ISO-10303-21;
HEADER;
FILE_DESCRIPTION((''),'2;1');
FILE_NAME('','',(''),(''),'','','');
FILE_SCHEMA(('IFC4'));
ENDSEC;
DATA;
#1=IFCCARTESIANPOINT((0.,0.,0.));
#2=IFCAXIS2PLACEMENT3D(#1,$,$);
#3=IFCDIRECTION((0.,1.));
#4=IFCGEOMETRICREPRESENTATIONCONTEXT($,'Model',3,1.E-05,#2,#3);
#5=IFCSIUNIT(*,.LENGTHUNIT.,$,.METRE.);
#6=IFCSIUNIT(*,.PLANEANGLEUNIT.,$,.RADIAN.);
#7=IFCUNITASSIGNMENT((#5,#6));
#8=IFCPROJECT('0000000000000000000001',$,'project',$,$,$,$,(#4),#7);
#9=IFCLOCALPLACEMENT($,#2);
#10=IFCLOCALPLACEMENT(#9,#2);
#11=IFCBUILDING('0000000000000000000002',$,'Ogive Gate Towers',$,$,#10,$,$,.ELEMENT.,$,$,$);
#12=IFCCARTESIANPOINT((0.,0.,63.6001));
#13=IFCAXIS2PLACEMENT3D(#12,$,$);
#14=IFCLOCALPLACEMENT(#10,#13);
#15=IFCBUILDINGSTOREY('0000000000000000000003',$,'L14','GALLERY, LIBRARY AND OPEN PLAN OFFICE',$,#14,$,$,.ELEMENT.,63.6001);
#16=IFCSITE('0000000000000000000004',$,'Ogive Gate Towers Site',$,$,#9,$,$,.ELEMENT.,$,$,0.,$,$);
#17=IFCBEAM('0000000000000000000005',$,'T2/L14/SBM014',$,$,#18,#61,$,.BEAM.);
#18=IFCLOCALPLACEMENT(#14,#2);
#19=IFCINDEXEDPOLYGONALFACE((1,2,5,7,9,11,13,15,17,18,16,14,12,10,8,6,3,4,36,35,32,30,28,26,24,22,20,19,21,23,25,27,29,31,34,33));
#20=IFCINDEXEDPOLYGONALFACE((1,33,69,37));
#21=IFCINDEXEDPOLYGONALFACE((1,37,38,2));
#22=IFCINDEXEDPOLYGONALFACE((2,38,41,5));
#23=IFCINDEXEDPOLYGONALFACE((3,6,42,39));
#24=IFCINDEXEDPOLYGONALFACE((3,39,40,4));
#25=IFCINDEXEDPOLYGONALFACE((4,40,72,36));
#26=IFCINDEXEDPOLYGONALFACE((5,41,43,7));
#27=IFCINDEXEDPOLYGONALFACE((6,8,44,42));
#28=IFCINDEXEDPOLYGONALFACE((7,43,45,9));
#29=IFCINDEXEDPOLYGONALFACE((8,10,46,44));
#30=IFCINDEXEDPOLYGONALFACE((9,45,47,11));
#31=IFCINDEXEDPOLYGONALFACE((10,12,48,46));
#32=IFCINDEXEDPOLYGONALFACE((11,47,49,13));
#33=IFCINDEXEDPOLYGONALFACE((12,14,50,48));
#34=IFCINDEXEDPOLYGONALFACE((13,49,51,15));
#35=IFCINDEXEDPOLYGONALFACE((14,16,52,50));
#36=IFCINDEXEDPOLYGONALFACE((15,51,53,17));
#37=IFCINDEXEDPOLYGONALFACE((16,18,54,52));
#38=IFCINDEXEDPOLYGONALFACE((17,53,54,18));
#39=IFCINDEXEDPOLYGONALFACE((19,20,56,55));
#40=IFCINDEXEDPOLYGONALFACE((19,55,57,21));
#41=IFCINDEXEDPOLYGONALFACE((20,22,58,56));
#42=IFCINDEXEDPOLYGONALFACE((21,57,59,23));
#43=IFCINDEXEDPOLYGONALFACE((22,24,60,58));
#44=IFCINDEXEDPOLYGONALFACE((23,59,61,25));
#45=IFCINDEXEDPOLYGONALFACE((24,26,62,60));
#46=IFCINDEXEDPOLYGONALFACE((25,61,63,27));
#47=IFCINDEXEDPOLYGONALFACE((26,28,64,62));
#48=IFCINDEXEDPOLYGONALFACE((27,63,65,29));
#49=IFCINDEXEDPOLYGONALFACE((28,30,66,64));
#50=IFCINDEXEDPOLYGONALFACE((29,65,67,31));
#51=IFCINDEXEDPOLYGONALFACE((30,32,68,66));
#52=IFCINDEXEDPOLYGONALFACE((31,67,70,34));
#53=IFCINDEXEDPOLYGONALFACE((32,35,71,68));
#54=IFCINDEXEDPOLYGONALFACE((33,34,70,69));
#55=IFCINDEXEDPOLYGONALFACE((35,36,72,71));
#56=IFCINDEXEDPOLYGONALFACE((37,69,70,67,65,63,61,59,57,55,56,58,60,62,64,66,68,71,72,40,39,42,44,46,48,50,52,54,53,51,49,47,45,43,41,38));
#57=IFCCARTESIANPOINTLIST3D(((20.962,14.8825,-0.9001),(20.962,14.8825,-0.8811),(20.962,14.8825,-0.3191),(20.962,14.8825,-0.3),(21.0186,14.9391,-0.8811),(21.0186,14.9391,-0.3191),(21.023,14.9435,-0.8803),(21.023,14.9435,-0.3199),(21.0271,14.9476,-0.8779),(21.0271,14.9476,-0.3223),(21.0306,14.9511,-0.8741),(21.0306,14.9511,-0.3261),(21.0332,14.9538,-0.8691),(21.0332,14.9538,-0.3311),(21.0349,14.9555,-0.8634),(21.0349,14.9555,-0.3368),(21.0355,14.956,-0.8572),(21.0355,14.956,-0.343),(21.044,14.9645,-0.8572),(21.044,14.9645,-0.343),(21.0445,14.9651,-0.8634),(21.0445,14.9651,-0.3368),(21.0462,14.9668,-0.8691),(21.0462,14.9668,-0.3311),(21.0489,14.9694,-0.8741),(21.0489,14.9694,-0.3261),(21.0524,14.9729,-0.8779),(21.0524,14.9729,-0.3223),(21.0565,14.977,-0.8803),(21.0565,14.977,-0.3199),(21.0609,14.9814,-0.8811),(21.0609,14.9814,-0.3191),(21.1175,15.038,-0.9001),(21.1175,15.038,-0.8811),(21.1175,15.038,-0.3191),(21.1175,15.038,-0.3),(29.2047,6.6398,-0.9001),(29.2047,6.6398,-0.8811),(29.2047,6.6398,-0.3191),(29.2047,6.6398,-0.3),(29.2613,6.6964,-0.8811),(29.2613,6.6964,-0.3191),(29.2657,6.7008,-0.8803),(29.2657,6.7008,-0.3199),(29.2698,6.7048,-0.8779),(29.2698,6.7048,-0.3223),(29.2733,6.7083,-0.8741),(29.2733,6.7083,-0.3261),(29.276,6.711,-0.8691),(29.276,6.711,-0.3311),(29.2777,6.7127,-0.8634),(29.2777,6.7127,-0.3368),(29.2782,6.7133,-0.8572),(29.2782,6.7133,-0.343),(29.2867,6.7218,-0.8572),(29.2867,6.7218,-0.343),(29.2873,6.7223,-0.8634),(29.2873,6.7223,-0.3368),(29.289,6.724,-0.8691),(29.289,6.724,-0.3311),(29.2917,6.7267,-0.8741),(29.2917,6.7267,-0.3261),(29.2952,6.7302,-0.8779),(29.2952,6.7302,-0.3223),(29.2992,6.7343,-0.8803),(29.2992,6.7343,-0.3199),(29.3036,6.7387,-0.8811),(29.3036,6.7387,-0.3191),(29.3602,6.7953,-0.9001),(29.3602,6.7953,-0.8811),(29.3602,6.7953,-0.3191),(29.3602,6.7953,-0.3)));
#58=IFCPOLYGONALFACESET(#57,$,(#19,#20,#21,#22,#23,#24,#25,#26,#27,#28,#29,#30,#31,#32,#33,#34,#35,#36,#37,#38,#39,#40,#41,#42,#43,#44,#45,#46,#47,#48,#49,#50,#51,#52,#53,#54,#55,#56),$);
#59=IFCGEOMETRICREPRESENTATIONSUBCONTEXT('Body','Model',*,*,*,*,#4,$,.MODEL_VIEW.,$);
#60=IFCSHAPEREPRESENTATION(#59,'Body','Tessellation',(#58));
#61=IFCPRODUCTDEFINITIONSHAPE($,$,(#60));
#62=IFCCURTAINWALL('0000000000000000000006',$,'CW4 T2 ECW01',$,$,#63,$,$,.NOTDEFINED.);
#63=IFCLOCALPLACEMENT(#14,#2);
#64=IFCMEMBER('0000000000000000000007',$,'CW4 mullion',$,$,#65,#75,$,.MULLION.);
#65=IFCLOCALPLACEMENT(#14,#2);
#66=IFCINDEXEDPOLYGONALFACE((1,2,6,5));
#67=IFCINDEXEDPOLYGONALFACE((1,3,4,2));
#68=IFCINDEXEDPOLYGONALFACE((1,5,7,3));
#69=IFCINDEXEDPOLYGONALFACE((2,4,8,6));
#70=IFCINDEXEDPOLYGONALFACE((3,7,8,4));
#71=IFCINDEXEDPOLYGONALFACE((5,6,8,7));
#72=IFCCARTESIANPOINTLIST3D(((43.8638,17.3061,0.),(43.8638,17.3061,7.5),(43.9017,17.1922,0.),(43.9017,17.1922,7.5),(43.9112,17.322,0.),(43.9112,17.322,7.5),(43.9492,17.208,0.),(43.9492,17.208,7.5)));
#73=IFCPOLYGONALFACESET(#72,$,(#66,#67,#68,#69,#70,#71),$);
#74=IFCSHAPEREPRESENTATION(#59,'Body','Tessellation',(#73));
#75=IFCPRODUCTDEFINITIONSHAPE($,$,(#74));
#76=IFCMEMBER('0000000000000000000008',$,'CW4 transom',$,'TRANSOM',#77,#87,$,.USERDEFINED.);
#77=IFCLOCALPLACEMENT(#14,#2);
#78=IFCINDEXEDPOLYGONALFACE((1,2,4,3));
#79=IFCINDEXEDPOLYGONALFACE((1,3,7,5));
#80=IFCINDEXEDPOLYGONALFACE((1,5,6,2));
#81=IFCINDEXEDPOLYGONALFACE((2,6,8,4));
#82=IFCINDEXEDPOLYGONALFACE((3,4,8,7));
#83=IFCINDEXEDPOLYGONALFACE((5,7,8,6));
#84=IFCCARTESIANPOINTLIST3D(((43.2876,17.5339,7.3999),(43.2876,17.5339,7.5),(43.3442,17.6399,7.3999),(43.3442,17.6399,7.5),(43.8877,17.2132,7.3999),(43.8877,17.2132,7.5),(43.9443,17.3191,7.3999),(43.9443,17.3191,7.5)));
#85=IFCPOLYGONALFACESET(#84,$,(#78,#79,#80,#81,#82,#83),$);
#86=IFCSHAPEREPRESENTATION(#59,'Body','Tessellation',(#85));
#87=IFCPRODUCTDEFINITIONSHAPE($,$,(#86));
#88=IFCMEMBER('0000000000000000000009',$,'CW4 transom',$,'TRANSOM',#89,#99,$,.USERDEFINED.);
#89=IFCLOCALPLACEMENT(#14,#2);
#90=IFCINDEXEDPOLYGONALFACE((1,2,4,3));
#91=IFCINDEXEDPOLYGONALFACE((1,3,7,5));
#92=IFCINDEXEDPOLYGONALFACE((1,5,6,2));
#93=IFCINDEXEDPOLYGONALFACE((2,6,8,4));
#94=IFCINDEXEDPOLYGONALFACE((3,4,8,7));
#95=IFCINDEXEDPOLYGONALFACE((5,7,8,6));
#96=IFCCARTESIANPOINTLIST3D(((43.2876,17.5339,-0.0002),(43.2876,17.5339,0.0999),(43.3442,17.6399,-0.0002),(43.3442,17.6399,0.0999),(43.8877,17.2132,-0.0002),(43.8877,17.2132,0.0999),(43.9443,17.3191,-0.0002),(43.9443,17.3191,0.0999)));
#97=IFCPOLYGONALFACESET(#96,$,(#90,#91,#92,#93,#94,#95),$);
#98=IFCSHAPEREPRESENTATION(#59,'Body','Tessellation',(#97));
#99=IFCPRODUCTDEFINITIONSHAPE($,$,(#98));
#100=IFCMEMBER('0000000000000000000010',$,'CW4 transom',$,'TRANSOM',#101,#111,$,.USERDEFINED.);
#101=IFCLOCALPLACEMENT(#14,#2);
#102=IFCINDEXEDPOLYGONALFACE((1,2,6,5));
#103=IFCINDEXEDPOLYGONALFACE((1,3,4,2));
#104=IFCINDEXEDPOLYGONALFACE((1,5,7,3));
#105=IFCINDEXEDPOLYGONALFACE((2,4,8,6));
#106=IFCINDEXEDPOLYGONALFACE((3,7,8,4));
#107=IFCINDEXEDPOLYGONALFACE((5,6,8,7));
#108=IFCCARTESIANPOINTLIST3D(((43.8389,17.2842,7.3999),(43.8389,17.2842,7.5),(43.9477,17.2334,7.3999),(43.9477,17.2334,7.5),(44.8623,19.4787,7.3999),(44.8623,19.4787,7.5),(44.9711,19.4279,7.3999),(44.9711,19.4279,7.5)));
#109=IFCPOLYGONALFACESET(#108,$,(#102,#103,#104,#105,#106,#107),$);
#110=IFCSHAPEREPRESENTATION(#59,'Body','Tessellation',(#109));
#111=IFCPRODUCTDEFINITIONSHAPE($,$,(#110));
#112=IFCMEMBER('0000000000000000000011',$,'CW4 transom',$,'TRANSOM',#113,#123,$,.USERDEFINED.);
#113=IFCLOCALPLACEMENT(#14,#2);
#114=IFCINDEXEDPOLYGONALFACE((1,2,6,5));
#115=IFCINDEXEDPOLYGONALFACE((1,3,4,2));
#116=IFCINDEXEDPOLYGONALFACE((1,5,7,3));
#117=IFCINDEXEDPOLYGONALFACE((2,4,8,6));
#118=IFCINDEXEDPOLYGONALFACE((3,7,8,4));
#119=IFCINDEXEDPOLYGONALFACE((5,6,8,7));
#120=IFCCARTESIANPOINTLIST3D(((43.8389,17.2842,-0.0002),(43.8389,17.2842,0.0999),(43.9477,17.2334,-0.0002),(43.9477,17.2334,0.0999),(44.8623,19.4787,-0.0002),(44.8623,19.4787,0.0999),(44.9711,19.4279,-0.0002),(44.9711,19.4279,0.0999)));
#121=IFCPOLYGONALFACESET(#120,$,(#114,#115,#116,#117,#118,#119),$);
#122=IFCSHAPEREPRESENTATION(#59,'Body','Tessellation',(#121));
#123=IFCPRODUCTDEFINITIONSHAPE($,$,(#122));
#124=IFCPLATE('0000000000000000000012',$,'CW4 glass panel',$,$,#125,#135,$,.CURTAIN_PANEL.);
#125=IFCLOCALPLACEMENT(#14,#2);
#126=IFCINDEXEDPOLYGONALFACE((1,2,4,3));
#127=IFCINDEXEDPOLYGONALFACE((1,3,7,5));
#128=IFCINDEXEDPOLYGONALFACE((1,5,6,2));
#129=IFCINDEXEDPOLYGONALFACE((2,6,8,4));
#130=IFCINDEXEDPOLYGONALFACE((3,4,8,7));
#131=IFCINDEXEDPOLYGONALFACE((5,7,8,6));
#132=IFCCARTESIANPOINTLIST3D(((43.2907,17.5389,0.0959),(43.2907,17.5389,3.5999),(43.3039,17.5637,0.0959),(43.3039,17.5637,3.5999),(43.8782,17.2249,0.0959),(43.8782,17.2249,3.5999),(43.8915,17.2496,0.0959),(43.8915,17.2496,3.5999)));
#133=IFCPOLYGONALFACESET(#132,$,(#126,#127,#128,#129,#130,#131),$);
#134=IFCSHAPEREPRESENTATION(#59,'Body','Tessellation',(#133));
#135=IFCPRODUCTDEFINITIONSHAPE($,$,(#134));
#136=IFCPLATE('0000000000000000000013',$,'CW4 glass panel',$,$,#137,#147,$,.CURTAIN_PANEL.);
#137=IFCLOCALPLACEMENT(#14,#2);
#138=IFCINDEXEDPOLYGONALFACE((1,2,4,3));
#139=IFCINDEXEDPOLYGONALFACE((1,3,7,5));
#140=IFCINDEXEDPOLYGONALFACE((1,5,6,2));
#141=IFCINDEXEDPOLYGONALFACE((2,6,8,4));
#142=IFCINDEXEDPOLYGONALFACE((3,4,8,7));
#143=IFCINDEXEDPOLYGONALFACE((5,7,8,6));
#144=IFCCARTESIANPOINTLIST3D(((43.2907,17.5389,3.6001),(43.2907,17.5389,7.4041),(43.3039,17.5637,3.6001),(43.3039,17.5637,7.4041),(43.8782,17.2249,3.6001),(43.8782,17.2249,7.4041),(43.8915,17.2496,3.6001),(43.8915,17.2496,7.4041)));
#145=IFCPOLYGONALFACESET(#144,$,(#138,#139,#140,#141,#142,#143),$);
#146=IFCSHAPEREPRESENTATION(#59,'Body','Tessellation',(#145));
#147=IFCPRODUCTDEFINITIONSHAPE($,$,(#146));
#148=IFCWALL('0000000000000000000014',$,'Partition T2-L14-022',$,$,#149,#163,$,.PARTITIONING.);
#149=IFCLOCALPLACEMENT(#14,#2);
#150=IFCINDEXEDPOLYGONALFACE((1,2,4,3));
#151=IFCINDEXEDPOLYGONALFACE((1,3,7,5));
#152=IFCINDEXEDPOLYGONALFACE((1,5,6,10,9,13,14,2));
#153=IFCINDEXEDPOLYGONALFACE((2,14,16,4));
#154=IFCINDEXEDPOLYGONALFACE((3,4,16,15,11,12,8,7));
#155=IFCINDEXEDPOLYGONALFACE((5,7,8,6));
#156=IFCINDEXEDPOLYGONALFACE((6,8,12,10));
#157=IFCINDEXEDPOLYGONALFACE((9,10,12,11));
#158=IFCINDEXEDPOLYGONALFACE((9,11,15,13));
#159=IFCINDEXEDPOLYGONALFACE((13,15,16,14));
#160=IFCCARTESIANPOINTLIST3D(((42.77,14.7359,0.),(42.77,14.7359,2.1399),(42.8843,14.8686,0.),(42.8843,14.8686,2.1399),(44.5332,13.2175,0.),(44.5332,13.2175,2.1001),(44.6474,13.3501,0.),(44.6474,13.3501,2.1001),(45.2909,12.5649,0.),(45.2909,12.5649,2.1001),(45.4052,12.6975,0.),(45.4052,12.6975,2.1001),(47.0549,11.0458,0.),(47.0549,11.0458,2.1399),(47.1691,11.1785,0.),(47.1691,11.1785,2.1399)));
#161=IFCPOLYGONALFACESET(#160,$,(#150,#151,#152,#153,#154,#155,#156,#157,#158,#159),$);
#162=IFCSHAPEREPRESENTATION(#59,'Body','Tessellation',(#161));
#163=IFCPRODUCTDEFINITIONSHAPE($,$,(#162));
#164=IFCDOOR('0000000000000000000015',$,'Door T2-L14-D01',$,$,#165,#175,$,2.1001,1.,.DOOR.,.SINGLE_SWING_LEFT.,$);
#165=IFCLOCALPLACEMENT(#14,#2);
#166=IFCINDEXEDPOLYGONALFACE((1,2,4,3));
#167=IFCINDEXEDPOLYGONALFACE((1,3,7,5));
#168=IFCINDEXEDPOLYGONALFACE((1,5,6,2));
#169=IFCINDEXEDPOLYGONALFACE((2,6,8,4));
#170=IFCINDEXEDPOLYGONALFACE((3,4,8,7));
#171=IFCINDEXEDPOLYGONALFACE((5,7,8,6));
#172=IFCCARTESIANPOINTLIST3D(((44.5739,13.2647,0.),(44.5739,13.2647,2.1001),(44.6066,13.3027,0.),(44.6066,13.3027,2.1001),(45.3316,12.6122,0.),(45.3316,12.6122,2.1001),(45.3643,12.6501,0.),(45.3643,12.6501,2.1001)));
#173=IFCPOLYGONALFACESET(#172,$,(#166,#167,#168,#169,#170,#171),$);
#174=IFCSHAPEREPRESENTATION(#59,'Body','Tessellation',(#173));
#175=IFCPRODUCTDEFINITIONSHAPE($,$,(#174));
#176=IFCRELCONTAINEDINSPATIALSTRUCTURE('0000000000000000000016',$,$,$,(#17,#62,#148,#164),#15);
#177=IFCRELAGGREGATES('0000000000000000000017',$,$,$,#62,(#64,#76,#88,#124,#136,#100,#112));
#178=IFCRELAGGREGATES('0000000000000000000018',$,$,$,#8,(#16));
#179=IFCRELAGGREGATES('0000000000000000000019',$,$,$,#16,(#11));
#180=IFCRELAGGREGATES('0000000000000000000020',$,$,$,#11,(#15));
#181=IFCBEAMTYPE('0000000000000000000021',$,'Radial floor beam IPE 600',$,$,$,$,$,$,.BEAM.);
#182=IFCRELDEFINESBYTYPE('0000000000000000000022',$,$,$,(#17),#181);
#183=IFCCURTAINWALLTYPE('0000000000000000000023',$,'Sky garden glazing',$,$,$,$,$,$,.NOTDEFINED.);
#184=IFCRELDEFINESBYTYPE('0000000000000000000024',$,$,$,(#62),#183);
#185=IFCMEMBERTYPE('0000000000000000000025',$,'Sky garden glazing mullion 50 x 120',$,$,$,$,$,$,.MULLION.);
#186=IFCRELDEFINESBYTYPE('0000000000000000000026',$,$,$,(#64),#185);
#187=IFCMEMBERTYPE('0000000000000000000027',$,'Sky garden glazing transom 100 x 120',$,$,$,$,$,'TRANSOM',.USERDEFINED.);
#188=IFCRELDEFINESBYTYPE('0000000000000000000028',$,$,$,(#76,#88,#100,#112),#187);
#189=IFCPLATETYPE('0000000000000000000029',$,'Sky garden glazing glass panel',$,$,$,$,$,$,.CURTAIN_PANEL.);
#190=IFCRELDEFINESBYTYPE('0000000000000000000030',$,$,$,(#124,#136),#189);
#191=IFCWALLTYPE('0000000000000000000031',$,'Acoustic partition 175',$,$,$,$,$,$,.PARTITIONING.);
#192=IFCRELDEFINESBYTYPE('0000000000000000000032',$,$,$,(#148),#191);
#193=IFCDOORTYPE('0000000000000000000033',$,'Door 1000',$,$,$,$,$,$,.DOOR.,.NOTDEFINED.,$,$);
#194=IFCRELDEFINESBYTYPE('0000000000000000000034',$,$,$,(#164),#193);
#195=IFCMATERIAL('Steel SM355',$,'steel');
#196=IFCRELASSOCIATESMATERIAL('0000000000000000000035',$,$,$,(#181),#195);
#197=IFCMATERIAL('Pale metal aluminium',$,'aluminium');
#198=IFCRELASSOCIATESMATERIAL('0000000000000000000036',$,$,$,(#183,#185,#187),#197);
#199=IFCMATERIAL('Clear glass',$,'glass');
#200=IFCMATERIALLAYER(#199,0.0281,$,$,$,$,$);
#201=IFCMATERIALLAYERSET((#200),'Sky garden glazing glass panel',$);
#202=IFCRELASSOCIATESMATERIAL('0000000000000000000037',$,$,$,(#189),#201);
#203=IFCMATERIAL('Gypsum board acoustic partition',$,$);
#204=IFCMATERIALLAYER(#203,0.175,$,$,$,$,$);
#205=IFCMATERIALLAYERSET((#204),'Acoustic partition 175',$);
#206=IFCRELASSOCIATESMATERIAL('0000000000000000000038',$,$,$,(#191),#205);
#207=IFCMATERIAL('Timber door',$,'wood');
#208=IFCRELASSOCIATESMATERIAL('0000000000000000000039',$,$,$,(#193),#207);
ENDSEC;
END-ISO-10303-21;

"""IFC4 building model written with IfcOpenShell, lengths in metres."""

from ifc_helpers import new_model, si_unit, direction, frame, frame_2d, origin, origin_2d, place, context, subcontext, project, spatial, rectangle, i_section, extrude, material, layer, layer_set, material_profile, profile_set, type_object, element, fill, aggregate, save


model = new_model("IFC4")

# Units and contexts
model_context = context("Model", 3, precision=1e-05, world=origin(), true_north=direction((0.0, 1.0)))
body_context = subcontext(model_context, "Body", "Model", "MODEL_VIEW")
ifc_project = project(units=[si_unit("LENGTHUNIT", "METRE"), si_unit("PLANEANGLEUNIT", "RADIAN")], contexts=[model_context])

# Site, building, storey
site_placement = place(None, origin())
site = spatial("IfcSite", under=ifc_project, at=site_placement, Name="Ogive Gate Towers Site", CompositionType="ELEMENT", RefElevation=0.0)
building_placement = place(site_placement, origin())
building = spatial("IfcBuilding", under=site, at=building_placement, Name="Ogive Gate Towers", CompositionType="ELEMENT")
storey_placement = place(building_placement, frame((0.0, 0.0, 63.6001)))
storey = spatial("IfcBuildingStorey", under=building, at=storey_placement, Name="L14", Description="GALLERY, LIBRARY AND OPEN PLAN OFFICE", CompositionType="ELEMENT", Elevation=63.6001)

# Beam
ifc_material_1 = material(Name="Steel SM355", Category="steel")
ifc_material_profile_1 = material_profile(ifc_material_1, i_section(OverallWidth=0.22, OverallDepth=0.6001, WebThickness=0.012, FlangeThickness=0.019, FilletRadius=0.0239, at=origin_2d()), Name="IPE 600")
ifc_profile_set_1 = profile_set([ifc_material_profile_1], Name="Steel SM355")
beam_type_1 = type_object("IfcBeamType", Name="Radial floor beam IPE 600", PredefinedType="BEAM", material=ifc_profile_set_1)
for number, where, z_axis, x_axis, name in (
    (1, (29.2825, 6.7175, -0.6001), (-0.707107, 0.707107, 0.0), (-0.707107, -0.707107, 0.0), "T2/L14/SBM014"),
):
    element("IfcBeam", number, at=place(storey_placement, frame(where, z_axis=z_axis, x_axis=x_axis)), inside=storey, type_object=beam_type_1, Name=name, PredefinedType="BEAM", context=body_context, shape_type="SweptSolid", body=[
        extrude(i_section(OverallWidth=0.22, OverallDepth=0.6001, WebThickness=0.012, FlangeThickness=0.019, FilletRadius=0.0239, at=origin_2d()), origin(), (0.0, 0.0, 1.0), 11.657),
    ])

# Curtain wall, members, plates
ifc_material_2 = material(Name="Pale metal aluminium", Category="aluminium")
curtain_wall_type = type_object("IfcCurtainWallType", Name="Sky garden glazing", PredefinedType="NOTDEFINED", material=ifc_material_2)
curtain_wall_placement = place(storey_placement, origin())
curtain_wall = element("IfcCurtainWall", 2, at=curtain_wall_placement, inside=storey, type_object=curtain_wall_type, Name="CW4 T2 ECW01", PredefinedType="NOTDEFINED")
ifc_material_profile_2 = material_profile(ifc_material_2, rectangle(XDim=0.1201, YDim=0.05, at=origin_2d()), Name="50 x 120 aluminium box")
ifc_profile_set_2 = profile_set([ifc_material_profile_2], Name="Pale metal aluminium")
member_type_1 = type_object("IfcMemberType", Name="Sky garden glazing mullion 50 x 120", PredefinedType="MULLION", material=ifc_profile_set_2)
member_1_placement = place(storey_placement, frame((43.9065, 17.2571, 0.0), z_axis=(0.0, 0.0, 1.0), x_axis=(0.316278, -0.948666, 0.0)))
member_1 = element("IfcMember", 3, at=member_1_placement, type_object=member_type_1, Name="CW4 mullion", PredefinedType="MULLION", context=body_context, shape_type="SweptSolid", body=[
    extrude(rectangle(XDim=0.1201, YDim=0.05, at=origin_2d()), origin(), (0.0, 0.0, 1.0), 7.5),
])
ifc_material_profile_3 = material_profile(ifc_material_2, rectangle(XDim=0.1201, YDim=0.1001, at=origin_2d()), Name="100 x 120 aluminium box")
ifc_profile_set_3 = profile_set([ifc_material_profile_3], Name="Pale metal aluminium")
member_type_2 = type_object("IfcMemberType", Name="Sky garden glazing transom 100 x 120", ElementType="TRANSOM", PredefinedType="USERDEFINED", material=ifc_profile_set_3)
member_2_placement = place(storey_placement, frame((43.3159, 17.5869, 7.45), z_axis=(0.881896, -0.471445, 0.0), x_axis=(0.471445, 0.881896, 0.0)))
member_2 = element("IfcMember", 4, at=member_2_placement, type_object=member_type_2, Name="CW4 transom", ObjectType="TRANSOM", PredefinedType="USERDEFINED", context=body_context, shape_type="SweptSolid", body=[
    extrude(rectangle(XDim=0.1201, YDim=0.1001, at=origin_2d()), origin(), (0.0, 0.0, 1.0), 0.6804),
])
member_3_placement = place(storey_placement, frame((43.3159, 17.5869, 0.0498), z_axis=(0.881896, -0.471445, 0.0), x_axis=(0.471445, 0.881896, 0.0)))
member_3 = element("IfcMember", 5, at=member_3_placement, type_object=member_type_2, Name="CW4 transom", ObjectType="TRANSOM", PredefinedType="USERDEFINED", context=body_context, shape_type="SweptSolid", body=[
    extrude(rectangle(XDim=0.1201, YDim=0.1001, at=origin_2d()), origin(), (0.0, 0.0, 1.0), 0.6804),
])
member_4_placement = place(storey_placement, frame((43.8933, 17.2588, 7.45), z_axis=(0.422648, 0.906294, 0.0), x_axis=(-0.906294, 0.422648, 0.0)))
member_4 = element("IfcMember", 6, at=member_4_placement, type_object=member_type_2, Name="CW4 transom", ObjectType="TRANSOM", PredefinedType="USERDEFINED", context=body_context, shape_type="SweptSolid", body=[
    extrude(rectangle(XDim=0.1201, YDim=0.1001, at=origin_2d()), origin(), (0.0, 0.0, 1.0), 2.4214),
])
member_5_placement = place(storey_placement, frame((43.8933, 17.2588, 0.0498), z_axis=(0.422648, 0.906294, 0.0), x_axis=(-0.906294, 0.422648, 0.0)))
member_5 = element("IfcMember", 7, at=member_5_placement, type_object=member_type_2, Name="CW4 transom", ObjectType="TRANSOM", PredefinedType="USERDEFINED", context=body_context, shape_type="SweptSolid", body=[
    extrude(rectangle(XDim=0.1201, YDim=0.1001, at=origin_2d()), origin(), (0.0, 0.0, 1.0), 2.4214),
])
ifc_material_3 = material(Name="Clear glass", Category="glass")
ifc_layer_1 = layer(ifc_material_3, 0.0281)
ifc_layer_set_1 = layer_set([ifc_layer_1], Name="Sky garden glazing glass panel")
plate_type = type_object("IfcPlateType", Name="Sky garden glazing glass panel", PredefinedType="CURTAIN_PANEL", material=ifc_layer_set_1)
plate_1_placement = place(storey_placement, frame((43.5911, 17.3943, 0.0959), z_axis=(0.0, 0.0, 1.0), x_axis=(0.881913, -0.471412, 0.0)))
plate_1 = element("IfcPlate", 8, at=plate_1_placement, type_object=plate_type, Name="CW4 glass panel", PredefinedType="CURTAIN_PANEL", context=body_context, shape_type="SweptSolid", body=[
    extrude(rectangle(XDim=0.6663, YDim=0.0281, at=origin_2d()), origin(), (0.0, 0.0, 1.0), 3.5039),
])
plate_2_placement = place(storey_placement, frame((43.5911, 17.3943, 3.6001), z_axis=(0.0, 0.0, 1.0), x_axis=(0.881913, -0.471412, 0.0)))
plate_2 = element("IfcPlate", 9, at=plate_2_placement, type_object=plate_type, Name="CW4 glass panel", PredefinedType="CURTAIN_PANEL", context=body_context, shape_type="SweptSolid", body=[
    extrude(rectangle(XDim=0.6663, YDim=0.0281, at=origin_2d()), origin(), (0.0, 0.0, 1.0), 3.804),
])
aggregate(curtain_wall, [member_1, member_2, member_3, plate_1, plate_2, member_4, member_5])

# Wall, opening, door
ifc_material_4 = material(Name="Gypsum board acoustic partition")
ifc_layer_2 = layer(ifc_material_4, 0.175)
ifc_layer_set_2 = layer_set([ifc_layer_2], Name="Acoustic partition 175")
wall_type_1 = type_object("IfcWallType", Name="Acoustic partition 175", PredefinedType="PARTITIONING", material=ifc_layer_set_2)
wall_1_placement = place(storey_placement, frame((42.8271, 14.8022, 0.0), z_axis=(0.0, 0.0, 1.0), x_axis=(0.757734, -0.652564, 0.0)))
wall_1 = element("IfcWall", 10, at=wall_1_placement, inside=storey, type_object=wall_type_1, Name="Partition T2-L14-022", PredefinedType="PARTITIONING", context=body_context, shape_type="SweptSolid", body=[
    extrude(rectangle(XDim=5.6548, YDim=0.175, at=frame_2d((2.8274, 0.0))), origin(), (0.0, 0.0, 1.0), 2.1399),
])
opening_1_placement = place(wall_1_placement, frame((2.3269, 0.0, 0.0)))
opening_1 = element("IfcOpeningElement", 11, at=opening_1_placement, cuts=wall_1, PredefinedType="OPENING", context=body_context, shape_type="SweptSolid", body=[
    extrude(rectangle(XDim=1.0, YDim=2.1001, at=frame_2d((0.5, 1.05))), frame((0.0, 0.0977, 0.0), z_axis=(0.0, -1.0, 0.0), x_axis=(1.0, 0.0, 0.0)), (0.0, 0.0, 1.0), 0.1951),
])
ifc_material_5 = material(Name="Timber door", Category="wood")
door_type_1 = type_object("IfcDoorType", Name="Door 1000", OperationType="NOTDEFINED", PredefinedType="DOOR", material=ifc_material_5)
door_1_placement = place(opening_1_placement, origin())
door_1 = element("IfcDoor", 12, at=door_1_placement, inside=storey, type_object=door_type_1, Name="Door T2-L14-D01", OperationType="SINGLE_SWING_LEFT", OverallHeight=2.1001, OverallWidth=1.0, PredefinedType="DOOR", context=body_context, shape_type="SweptSolid", body=[
    extrude(rectangle(XDim=1.0, YDim=2.1001, at=frame_2d((0.5, 1.05))), frame((0.0, 0.0249, 0.0), z_axis=(0.0, -1.0, 0.0), x_axis=(1.0, 0.0, 0.0)), (0.0, 0.0, 1.0), 0.05),
])
fill(opening_1, door_1)

save(model, "model.ifc")
